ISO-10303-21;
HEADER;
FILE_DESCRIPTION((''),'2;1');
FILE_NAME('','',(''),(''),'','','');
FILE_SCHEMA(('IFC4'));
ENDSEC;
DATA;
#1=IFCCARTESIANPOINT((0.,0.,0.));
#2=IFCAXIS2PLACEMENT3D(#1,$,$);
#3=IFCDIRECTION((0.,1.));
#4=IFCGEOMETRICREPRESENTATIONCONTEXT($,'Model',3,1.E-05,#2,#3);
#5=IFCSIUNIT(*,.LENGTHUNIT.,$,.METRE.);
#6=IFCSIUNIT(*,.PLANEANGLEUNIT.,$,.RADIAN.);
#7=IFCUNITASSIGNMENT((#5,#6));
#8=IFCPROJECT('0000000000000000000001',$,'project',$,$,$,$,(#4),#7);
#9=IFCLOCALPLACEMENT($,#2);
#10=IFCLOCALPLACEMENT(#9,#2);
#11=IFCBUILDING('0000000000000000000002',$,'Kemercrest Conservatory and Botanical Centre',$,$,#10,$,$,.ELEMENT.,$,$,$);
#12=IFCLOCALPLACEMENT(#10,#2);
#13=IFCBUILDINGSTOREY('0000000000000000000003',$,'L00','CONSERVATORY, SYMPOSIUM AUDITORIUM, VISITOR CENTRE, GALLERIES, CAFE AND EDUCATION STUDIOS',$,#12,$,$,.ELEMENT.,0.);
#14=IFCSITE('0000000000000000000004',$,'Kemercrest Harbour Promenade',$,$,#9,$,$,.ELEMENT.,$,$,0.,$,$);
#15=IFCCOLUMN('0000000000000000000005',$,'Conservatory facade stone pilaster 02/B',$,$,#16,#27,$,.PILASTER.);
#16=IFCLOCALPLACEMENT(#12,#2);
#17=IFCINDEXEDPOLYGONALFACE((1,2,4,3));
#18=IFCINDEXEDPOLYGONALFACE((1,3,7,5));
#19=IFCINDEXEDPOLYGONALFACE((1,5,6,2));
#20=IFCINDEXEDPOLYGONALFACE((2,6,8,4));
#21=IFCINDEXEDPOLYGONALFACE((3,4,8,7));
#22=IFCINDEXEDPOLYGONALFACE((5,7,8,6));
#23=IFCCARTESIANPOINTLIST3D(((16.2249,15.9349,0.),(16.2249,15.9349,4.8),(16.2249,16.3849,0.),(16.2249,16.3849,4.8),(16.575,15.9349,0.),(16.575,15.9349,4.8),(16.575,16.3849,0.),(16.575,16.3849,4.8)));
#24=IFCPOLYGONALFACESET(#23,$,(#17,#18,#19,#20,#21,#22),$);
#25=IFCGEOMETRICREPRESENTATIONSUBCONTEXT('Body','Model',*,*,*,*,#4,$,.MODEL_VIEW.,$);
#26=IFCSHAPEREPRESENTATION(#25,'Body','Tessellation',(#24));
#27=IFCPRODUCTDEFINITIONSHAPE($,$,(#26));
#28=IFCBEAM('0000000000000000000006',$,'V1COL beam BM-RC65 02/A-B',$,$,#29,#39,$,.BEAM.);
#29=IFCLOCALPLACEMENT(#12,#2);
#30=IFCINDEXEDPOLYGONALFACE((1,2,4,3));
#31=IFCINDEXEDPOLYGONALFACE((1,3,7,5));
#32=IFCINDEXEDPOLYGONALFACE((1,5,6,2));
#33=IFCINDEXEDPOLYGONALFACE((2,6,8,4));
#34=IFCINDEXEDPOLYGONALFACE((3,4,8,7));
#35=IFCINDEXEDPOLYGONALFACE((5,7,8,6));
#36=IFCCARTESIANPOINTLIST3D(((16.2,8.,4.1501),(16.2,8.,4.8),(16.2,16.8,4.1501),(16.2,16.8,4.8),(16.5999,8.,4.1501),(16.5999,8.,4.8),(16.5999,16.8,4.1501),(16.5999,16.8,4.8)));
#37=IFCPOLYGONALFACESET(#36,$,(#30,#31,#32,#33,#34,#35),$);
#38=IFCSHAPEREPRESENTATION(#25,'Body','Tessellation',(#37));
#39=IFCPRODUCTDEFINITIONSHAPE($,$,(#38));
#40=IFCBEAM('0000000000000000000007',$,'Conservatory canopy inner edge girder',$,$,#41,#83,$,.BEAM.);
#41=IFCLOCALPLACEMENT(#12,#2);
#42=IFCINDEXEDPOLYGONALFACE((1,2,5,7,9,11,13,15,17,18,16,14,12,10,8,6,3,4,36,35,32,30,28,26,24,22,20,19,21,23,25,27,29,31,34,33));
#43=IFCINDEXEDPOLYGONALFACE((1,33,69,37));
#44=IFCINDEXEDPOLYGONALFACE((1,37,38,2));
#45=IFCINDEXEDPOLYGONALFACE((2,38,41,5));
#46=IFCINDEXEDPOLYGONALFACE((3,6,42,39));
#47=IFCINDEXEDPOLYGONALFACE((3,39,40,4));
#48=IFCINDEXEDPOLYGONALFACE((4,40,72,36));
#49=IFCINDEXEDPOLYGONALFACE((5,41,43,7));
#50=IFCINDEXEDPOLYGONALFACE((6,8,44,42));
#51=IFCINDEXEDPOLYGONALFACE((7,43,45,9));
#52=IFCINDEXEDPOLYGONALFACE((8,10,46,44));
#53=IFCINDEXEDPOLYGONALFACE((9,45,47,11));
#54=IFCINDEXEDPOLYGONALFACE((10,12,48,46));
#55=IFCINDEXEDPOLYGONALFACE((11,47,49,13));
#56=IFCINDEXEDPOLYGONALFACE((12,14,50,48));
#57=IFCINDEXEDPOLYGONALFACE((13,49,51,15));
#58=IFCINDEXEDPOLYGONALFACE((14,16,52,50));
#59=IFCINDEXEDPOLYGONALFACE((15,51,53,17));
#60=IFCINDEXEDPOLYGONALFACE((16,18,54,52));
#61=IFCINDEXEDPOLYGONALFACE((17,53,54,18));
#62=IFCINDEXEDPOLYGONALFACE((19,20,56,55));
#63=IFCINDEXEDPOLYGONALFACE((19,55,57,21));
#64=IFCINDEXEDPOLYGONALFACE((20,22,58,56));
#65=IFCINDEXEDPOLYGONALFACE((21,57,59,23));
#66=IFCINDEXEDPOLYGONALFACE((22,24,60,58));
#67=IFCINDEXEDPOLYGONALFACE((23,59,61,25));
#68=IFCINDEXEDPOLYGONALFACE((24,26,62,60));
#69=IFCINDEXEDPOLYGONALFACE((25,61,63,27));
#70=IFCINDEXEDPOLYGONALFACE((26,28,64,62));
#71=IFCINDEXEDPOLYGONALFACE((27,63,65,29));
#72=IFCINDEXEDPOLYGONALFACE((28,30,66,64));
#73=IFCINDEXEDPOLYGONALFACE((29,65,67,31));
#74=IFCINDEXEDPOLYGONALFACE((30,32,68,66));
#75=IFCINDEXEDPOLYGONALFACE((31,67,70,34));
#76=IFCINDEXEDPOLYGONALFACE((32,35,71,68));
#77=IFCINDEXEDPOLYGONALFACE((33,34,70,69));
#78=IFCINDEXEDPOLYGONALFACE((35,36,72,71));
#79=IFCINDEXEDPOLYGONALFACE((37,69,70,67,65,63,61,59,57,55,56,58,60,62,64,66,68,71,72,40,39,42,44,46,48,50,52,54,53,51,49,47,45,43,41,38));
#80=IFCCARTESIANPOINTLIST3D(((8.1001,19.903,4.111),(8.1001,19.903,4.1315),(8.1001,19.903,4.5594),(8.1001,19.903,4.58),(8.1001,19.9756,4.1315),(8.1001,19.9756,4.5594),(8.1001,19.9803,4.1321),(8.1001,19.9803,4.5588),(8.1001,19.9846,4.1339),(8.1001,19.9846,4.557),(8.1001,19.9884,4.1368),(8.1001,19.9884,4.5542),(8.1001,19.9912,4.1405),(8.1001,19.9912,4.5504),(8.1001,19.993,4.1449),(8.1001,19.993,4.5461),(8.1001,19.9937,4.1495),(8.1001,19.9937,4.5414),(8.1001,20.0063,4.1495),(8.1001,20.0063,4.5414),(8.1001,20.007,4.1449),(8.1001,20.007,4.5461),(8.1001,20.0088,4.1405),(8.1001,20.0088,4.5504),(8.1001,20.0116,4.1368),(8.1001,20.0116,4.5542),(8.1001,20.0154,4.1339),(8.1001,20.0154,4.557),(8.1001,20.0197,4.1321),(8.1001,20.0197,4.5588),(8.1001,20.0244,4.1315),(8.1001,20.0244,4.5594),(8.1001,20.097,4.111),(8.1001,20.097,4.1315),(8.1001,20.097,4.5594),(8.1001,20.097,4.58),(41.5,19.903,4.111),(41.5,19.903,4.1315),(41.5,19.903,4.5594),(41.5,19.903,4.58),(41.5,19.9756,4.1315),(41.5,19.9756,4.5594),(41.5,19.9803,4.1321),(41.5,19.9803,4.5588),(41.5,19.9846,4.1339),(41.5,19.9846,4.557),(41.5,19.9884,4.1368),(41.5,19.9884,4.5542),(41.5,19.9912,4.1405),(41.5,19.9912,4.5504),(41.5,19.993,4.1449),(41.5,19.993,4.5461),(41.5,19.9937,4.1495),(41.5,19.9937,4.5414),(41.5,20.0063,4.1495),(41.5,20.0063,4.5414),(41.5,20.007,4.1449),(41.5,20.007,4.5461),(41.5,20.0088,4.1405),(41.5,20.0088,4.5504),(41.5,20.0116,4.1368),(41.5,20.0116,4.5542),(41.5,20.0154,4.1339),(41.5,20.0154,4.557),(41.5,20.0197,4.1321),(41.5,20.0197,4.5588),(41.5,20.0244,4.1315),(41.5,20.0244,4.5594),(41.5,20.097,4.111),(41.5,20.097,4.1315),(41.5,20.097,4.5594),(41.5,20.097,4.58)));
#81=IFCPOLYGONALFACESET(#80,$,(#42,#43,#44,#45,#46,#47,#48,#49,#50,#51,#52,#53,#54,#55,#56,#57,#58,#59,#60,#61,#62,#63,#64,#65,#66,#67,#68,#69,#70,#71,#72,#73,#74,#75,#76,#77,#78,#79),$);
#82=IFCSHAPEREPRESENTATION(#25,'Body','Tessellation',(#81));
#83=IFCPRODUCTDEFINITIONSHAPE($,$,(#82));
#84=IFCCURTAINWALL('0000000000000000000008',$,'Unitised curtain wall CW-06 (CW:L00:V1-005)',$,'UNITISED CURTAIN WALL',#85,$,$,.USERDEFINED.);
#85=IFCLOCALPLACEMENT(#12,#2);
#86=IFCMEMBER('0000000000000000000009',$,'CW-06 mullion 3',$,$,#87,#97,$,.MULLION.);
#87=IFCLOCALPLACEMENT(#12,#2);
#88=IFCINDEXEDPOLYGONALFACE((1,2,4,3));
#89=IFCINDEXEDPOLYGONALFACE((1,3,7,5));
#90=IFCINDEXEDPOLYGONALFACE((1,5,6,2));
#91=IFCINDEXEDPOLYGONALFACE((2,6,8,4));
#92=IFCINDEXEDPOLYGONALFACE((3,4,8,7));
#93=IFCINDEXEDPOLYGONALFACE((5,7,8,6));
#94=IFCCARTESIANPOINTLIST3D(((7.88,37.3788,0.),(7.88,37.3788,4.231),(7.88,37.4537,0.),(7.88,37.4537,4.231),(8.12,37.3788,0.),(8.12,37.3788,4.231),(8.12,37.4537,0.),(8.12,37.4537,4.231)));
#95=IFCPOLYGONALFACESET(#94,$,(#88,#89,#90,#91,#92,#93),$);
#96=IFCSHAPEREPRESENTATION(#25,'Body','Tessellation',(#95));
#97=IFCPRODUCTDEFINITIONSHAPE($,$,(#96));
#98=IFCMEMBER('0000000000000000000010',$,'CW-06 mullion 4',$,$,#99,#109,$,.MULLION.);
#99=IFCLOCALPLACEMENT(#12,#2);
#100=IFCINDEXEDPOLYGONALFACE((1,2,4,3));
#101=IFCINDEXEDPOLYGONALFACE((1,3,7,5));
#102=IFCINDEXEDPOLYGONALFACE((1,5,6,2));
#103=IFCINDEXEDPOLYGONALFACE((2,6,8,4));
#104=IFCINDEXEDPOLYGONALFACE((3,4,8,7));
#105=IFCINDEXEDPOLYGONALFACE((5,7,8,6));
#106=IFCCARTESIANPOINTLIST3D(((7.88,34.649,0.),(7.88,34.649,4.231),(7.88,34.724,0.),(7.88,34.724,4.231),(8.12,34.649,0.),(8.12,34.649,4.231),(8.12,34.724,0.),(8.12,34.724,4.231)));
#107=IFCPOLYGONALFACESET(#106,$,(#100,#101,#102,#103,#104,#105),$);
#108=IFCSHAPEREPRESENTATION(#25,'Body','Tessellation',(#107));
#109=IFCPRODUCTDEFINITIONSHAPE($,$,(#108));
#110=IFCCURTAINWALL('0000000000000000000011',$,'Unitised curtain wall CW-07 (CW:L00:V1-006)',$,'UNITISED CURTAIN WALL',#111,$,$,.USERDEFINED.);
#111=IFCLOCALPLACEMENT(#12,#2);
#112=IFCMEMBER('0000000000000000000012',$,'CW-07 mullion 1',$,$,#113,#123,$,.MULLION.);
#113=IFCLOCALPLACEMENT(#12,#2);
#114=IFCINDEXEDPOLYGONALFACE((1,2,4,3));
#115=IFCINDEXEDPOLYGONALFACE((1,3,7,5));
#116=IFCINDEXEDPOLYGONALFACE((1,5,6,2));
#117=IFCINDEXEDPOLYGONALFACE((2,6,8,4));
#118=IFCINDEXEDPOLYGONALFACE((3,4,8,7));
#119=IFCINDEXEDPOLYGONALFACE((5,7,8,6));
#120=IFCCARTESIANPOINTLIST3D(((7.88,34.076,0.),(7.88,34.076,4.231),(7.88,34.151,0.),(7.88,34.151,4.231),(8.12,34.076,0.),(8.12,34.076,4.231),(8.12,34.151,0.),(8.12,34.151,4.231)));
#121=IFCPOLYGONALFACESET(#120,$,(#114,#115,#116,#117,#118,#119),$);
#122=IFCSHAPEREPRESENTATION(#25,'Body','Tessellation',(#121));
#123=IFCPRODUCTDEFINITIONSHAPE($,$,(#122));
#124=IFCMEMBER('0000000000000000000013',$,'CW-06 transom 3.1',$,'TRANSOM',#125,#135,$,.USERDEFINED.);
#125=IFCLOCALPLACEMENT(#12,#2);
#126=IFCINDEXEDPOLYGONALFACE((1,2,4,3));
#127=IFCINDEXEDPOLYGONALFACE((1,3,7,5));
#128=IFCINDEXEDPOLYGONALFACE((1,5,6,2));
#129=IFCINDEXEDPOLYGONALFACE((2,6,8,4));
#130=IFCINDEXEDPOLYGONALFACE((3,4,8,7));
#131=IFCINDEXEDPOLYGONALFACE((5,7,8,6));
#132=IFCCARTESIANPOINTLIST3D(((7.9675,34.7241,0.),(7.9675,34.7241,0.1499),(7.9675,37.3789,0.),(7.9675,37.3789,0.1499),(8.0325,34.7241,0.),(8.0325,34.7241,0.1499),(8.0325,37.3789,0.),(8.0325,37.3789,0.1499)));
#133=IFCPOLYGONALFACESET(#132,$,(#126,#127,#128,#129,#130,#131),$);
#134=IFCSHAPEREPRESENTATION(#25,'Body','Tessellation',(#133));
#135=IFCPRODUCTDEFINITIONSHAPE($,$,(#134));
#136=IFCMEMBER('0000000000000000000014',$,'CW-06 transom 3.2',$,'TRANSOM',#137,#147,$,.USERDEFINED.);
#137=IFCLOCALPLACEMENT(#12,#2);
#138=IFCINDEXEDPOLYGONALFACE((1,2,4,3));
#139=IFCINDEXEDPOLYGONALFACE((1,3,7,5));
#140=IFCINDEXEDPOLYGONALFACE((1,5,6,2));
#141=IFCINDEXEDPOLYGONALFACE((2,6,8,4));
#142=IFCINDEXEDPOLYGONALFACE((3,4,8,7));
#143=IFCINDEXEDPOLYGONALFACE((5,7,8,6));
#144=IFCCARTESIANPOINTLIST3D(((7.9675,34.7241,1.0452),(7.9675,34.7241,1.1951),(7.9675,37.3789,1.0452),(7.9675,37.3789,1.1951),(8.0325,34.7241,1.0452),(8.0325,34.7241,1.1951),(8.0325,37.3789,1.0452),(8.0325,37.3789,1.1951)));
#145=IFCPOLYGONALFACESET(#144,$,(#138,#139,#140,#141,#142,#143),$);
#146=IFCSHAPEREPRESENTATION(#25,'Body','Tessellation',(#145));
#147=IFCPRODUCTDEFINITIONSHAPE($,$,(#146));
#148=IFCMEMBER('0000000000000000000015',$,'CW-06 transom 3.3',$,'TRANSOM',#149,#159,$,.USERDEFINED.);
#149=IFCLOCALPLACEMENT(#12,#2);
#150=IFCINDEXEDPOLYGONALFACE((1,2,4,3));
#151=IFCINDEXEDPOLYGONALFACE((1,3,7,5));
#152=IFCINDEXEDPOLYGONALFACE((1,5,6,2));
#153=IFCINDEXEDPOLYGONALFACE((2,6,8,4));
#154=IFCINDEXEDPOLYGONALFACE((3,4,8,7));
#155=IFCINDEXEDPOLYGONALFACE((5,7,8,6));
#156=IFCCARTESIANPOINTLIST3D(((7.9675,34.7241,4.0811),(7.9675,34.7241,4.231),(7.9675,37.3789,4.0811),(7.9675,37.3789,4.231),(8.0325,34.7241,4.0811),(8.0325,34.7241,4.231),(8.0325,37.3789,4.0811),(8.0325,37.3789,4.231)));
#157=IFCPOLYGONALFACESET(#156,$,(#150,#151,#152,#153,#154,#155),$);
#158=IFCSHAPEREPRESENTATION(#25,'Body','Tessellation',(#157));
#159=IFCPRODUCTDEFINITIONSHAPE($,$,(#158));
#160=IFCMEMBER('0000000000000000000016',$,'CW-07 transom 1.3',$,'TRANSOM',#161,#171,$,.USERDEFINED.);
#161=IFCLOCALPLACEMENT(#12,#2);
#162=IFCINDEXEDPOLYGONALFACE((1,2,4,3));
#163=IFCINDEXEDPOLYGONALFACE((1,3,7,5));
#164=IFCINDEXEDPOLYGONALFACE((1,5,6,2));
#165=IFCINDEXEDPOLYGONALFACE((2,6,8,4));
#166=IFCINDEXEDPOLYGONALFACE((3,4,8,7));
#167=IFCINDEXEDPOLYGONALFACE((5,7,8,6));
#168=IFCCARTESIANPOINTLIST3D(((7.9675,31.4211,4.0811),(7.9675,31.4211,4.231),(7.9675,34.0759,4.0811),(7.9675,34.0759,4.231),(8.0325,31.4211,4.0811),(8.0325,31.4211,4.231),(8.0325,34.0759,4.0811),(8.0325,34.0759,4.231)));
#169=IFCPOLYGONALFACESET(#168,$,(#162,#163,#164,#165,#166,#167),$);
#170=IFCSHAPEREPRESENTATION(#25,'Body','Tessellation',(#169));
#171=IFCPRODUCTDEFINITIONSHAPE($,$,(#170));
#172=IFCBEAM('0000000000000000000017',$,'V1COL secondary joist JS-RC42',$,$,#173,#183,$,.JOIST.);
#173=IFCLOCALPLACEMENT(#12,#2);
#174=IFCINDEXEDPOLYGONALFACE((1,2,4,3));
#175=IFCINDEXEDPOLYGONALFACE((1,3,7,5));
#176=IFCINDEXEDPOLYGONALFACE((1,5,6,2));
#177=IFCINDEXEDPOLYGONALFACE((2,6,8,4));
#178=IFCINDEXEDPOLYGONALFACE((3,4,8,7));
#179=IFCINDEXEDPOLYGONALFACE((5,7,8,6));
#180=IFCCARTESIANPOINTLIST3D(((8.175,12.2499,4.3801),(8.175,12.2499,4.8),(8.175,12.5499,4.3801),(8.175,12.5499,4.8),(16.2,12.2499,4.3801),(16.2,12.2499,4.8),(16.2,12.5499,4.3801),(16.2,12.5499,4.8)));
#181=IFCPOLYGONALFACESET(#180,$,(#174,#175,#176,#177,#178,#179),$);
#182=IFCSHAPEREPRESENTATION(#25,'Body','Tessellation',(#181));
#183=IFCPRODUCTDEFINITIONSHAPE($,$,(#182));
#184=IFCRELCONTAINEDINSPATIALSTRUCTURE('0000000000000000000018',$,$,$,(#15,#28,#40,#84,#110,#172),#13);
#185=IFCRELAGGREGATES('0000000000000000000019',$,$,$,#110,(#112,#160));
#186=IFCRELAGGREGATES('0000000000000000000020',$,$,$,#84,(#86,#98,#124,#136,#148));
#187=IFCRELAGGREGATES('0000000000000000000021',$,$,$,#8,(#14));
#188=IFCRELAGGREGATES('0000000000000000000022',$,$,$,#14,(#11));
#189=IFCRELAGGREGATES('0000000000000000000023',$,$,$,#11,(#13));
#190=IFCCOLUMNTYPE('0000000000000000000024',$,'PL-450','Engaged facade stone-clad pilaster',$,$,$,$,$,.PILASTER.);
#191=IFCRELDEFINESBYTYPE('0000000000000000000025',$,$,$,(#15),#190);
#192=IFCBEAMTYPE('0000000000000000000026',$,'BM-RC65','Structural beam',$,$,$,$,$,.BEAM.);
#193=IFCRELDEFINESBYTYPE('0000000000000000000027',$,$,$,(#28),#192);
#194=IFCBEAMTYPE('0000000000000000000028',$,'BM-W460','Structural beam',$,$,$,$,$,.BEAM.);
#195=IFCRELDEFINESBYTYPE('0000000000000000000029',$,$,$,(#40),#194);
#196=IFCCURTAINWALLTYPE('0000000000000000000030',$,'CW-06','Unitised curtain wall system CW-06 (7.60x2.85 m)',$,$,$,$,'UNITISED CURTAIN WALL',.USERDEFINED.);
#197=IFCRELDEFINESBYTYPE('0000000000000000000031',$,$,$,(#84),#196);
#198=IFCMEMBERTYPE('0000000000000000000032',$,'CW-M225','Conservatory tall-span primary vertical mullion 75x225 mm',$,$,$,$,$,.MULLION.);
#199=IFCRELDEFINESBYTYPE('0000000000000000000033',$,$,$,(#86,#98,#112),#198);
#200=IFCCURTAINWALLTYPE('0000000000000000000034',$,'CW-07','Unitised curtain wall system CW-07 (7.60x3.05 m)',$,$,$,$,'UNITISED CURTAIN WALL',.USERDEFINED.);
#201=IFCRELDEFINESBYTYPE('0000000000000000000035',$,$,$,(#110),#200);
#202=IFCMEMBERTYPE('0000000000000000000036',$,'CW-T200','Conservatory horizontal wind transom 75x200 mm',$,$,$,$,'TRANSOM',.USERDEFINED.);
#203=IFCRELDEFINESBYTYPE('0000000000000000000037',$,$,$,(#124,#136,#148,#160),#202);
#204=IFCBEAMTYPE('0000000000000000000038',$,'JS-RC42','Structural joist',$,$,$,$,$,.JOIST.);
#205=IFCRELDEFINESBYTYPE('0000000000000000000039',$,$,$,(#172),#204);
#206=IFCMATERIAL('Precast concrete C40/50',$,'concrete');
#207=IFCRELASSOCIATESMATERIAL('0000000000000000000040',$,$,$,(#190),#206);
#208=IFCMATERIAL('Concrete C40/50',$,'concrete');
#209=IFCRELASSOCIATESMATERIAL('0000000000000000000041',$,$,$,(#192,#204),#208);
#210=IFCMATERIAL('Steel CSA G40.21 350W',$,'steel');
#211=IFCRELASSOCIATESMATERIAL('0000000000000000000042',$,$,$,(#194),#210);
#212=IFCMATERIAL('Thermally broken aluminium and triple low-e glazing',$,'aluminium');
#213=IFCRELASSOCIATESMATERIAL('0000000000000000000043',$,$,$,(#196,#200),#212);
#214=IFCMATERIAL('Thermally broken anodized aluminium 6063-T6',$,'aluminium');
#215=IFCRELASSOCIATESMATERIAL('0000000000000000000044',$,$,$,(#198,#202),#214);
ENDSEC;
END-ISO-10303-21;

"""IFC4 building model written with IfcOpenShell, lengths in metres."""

from ifc_helpers import new_model, si_unit, direction, frame, origin, origin_2d, place, context, subcontext, project, spatial, rectangle, i_section, extrude, material, material_profile, profile_set, type_object, element, aggregate, save


model = new_model("IFC4")

# Units and contexts
model_context = context("Model", 3, precision=1e-05, world=origin(), true_north=direction((0.0, 1.0)))
body_context = subcontext(model_context, "Body", "Model", "MODEL_VIEW")
ifc_project = project(units=[si_unit("LENGTHUNIT", "METRE"), si_unit("PLANEANGLEUNIT", "RADIAN")], contexts=[model_context])

# Site, building, storey
site_placement = place(None, origin())
site = spatial("IfcSite", under=ifc_project, at=site_placement, Name="Kemercrest Harbour Promenade", CompositionType="ELEMENT", RefElevation=0.0)
building_placement = place(site_placement, origin())
building = spatial("IfcBuilding", under=site, at=building_placement, Name="Kemercrest Conservatory and Botanical Centre", CompositionType="ELEMENT")
storey_placement = place(building_placement, origin())
storey = spatial("IfcBuildingStorey", under=building, at=storey_placement, Name="L00", Description="CONSERVATORY, SYMPOSIUM AUDITORIUM, VISITOR CENTRE, GALLERIES, CAFE AND EDUCATION STUDIOS", CompositionType="ELEMENT", Elevation=0.0)

# Column
ifc_material_1 = material(Name="Steel CSA G40.21 350W", Category="steel")
ifc_material_2 = material(Name="Precast concrete C40/50", Category="concrete")
ifc_material_profile_1 = material_profile(ifc_material_2, rectangle(XDim=0.3501, YDim=0.45, at=origin_2d()), Name="RC 450x350")
ifc_profile_set_1 = profile_set([ifc_material_profile_1], Name="Precast concrete C40/50")
column_type_1 = type_object("IfcColumnType", Name="PL-450", Description="Engaged facade stone-clad pilaster", PredefinedType="PILASTER", material=ifc_profile_set_1)
column_placement = place(storey_placement, frame((16.3999, 16.1599, 0.0), z_axis=(0.0, 0.0, 1.0), x_axis=(1.0, 0.0, 0.0)))
element("IfcColumn", 1, at=column_placement, inside=storey, type_object=column_type_1, Name="Conservatory facade stone pilaster 02/B", PredefinedType="PILASTER", context=body_context, shape_type="SweptSolid", body=[
    extrude(rectangle(XDim=0.3501, YDim=0.45, at=origin_2d()), origin(), (0.0, 0.0, 1.0), 4.8),
])

# Beams
ifc_material_3 = material(Name="Concrete C40/50", Category="concrete")
ifc_material_profile_2 = material_profile(ifc_material_3, rectangle(XDim=0.3999, YDim=0.6499, at=origin_2d()), Name="RC 400x650")
ifc_profile_set_2 = profile_set([ifc_material_profile_2], Name="Concrete C40/50")
beam_type_1 = type_object("IfcBeamType", Name="BM-RC65", Description="Structural beam", PredefinedType="BEAM", material=ifc_profile_set_2)
beam_1_placement = place(storey_placement, frame((16.3999, 8.0, 4.4751), z_axis=(0.0, 1.0, 0.0), x_axis=(-1.0, 0.0, 0.0)))
element("IfcBeam", 2, at=beam_1_placement, inside=storey, type_object=beam_type_1, Name="V1COL beam BM-RC65 02/A-B", PredefinedType="BEAM", context=body_context, shape_type="SweptSolid", body=[
    extrude(rectangle(XDim=0.3999, YDim=0.6499, at=origin_2d()), origin(), (0.0, 0.0, 1.0), 8.8),
])
ifc_material_profile_3 = material_profile(ifc_material_1, i_section(OverallWidth=0.1941, OverallDepth=0.469, WebThickness=0.0127, FlangeThickness=0.0205, FilletRadius=0.0181, at=origin_2d()), Name="W460X106")
ifc_profile_set_3 = profile_set([ifc_material_profile_3], Name="Steel CSA G40.21 350W")
beam_type_2 = type_object("IfcBeamType", Name="BM-W460", Description="Structural beam", PredefinedType="BEAM", material=ifc_profile_set_3)
beam_2_placement = place(storey_placement, frame((8.1001, 20.0, 4.3455), z_axis=(1.0, 0.0, 0.0), x_axis=(0.0, 1.0, 0.0)))
element("IfcBeam", 3, at=beam_2_placement, inside=storey, type_object=beam_type_2, Name="Conservatory canopy inner edge girder", PredefinedType="BEAM", context=body_context, shape_type="SweptSolid", body=[
    extrude(i_section(OverallWidth=0.1941, OverallDepth=0.469, WebThickness=0.0127, FlangeThickness=0.0205, FilletRadius=0.0181, at=origin_2d()), origin(), (0.0, 0.0, 1.0), 33.3999),
])

# Curtain wall, members
ifc_material_4 = material(Name="Thermally broken aluminium and triple low-e glazing", Category="aluminium")
curtain_wall_type_1 = type_object("IfcCurtainWallType", Name="CW-06", Description="Unitised curtain wall system CW-06 (7.60x2.85 m)", ElementType="UNITISED CURTAIN WALL", PredefinedType="USERDEFINED", material=ifc_material_4)
curtain_wall_1_placement = place(storey_placement, origin())
curtain_wall_1 = element("IfcCurtainWall", 4, at=curtain_wall_1_placement, inside=storey, type_object=curtain_wall_type_1, Name="Unitised curtain wall CW-06 (CW:L00:V1-005)", ObjectType="UNITISED CURTAIN WALL", PredefinedType="USERDEFINED")
ifc_material_5 = material(Name="Thermally broken anodized aluminium 6063-T6", Category="aluminium")
ifc_material_profile_4 = material_profile(ifc_material_5, rectangle(XDim=0.24, YDim=0.075, at=origin_2d()), Name="AL MULLION 75x240")
ifc_profile_set_4 = profile_set([ifc_material_profile_4], Name="Thermally broken anodized aluminium 6063-T6")
member_type_1 = type_object("IfcMemberType", Name="CW-M225", Description="Conservatory tall-span primary vertical mullion 75x225 mm", PredefinedType="MULLION", material=ifc_profile_set_4)
member_1_placement = place(storey_placement, frame((8.0, 37.4163, 0.0), z_axis=(0.0, 0.0, 1.0), x_axis=(1.0, 0.0, 0.0)))
member_1 = element("IfcMember", 5, at=member_1_placement, type_object=member_type_1, Name="CW-06 mullion 3", PredefinedType="MULLION", context=body_context, shape_type="SweptSolid", body=[
    extrude(rectangle(XDim=0.24, YDim=0.075, at=origin_2d()), origin(), (0.0, 0.0, 1.0), 4.231),
])
member_2_placement = place(storey_placement, frame((8.0, 34.6865, 0.0), z_axis=(0.0, 0.0, 1.0), x_axis=(1.0, 0.0, 0.0)))
member_2 = element("IfcMember", 6, at=member_2_placement, type_object=member_type_1, Name="CW-06 mullion 4", PredefinedType="MULLION", context=body_context, shape_type="SweptSolid", body=[
    extrude(rectangle(XDim=0.24, YDim=0.075, at=origin_2d()), origin(), (0.0, 0.0, 1.0), 4.231),
])

# Curtain wall, member
curtain_wall_type_2 = type_object("IfcCurtainWallType", Name="CW-07", Description="Unitised curtain wall system CW-07 (7.60x3.05 m)", ElementType="UNITISED CURTAIN WALL", PredefinedType="USERDEFINED", material=ifc_material_4)
curtain_wall_2_placement = place(storey_placement, origin())
curtain_wall_2 = element("IfcCurtainWall", 7, at=curtain_wall_2_placement, inside=storey, type_object=curtain_wall_type_2, Name="Unitised curtain wall CW-07 (CW:L00:V1-006)", ObjectType="UNITISED CURTAIN WALL", PredefinedType="USERDEFINED")
member_3_placement = place(storey_placement, frame((8.0, 34.1135, 0.0), z_axis=(0.0, 0.0, 1.0), x_axis=(1.0, 0.0, 0.0)))
member_3 = element("IfcMember", 8, at=member_3_placement, type_object=member_type_1, Name="CW-07 mullion 1", PredefinedType="MULLION", context=body_context, shape_type="SweptSolid", body=[
    extrude(rectangle(XDim=0.24, YDim=0.075, at=origin_2d()), origin(), (0.0, 0.0, 1.0), 4.231),
])

# Members
ifc_material_profile_5 = material_profile(ifc_material_5, rectangle(XDim=0.0649, YDim=0.1499, at=origin_2d()), Name="AL TRANSOM 65x150")
ifc_profile_set_5 = profile_set([ifc_material_profile_5], Name="Thermally broken anodized aluminium 6063-T6")
member_type_2 = type_object("IfcMemberType", Name="CW-T200", Description="Conservatory horizontal wind transom 75x200 mm", ElementType="TRANSOM", PredefinedType="USERDEFINED", material=ifc_profile_set_5)
member_4_placement = place(storey_placement, frame((8.0, 37.3789, 0.075), z_axis=(0.0, -1.0, 0.0), x_axis=(1.0, 0.0, 0.0)))
member_4 = element("IfcMember", 9, at=member_4_placement, type_object=member_type_2, Name="CW-06 transom 3.1", ObjectType="TRANSOM", PredefinedType="USERDEFINED", context=body_context, shape_type="SweptSolid", body=[
    extrude(rectangle(XDim=0.0649, YDim=0.1499, at=origin_2d()), origin(), (0.0, 0.0, 1.0), 2.6548),
])
member_5_placement = place(storey_placement, frame((8.0, 37.3789, 1.1201), z_axis=(0.0, -1.0, 0.0), x_axis=(1.0, 0.0, 0.0)))
member_5 = element("IfcMember", 10, at=member_5_placement, type_object=member_type_2, Name="CW-06 transom 3.2", ObjectType="TRANSOM", PredefinedType="USERDEFINED", context=body_context, shape_type="SweptSolid", body=[
    extrude(rectangle(XDim=0.0649, YDim=0.1499, at=origin_2d()), origin(), (0.0, 0.0, 1.0), 2.6548),
])
member_6_placement = place(storey_placement, frame((8.0, 37.3789, 4.156), z_axis=(0.0, -1.0, 0.0), x_axis=(1.0, 0.0, 0.0)))
member_6 = element("IfcMember", 11, at=member_6_placement, type_object=member_type_2, Name="CW-06 transom 3.3", ObjectType="TRANSOM", PredefinedType="USERDEFINED", context=body_context, shape_type="SweptSolid", body=[
    extrude(rectangle(XDim=0.0649, YDim=0.1499, at=origin_2d()), origin(), (0.0, 0.0, 1.0), 2.6548),
])
member_7_placement = place(storey_placement, frame((8.0, 34.0759, 4.156), z_axis=(0.0, -1.0, 0.0), x_axis=(1.0, 0.0, 0.0)))
member_7 = element("IfcMember", 12, at=member_7_placement, type_object=member_type_2, Name="CW-07 transom 1.3", ObjectType="TRANSOM", PredefinedType="USERDEFINED", context=body_context, shape_type="SweptSolid", body=[
    extrude(rectangle(XDim=0.0649, YDim=0.1499, at=origin_2d()), origin(), (0.0, 0.0, 1.0), 2.6548),
])
aggregate(curtain_wall_2, [member_3, member_7])

# Beam
ifc_material_profile_6 = material_profile(ifc_material_3, rectangle(XDim=0.3, YDim=0.4199, at=origin_2d()), Name="RC 300x420")
ifc_profile_set_6 = profile_set([ifc_material_profile_6], Name="Concrete C40/50")
beam_type_3 = type_object("IfcBeamType", Name="JS-RC42", Description="Structural joist", PredefinedType="JOIST", material=ifc_profile_set_6)
beam_3_placement = place(storey_placement, frame((8.175, 12.3999, 4.5901), z_axis=(1.0, 0.0, 0.0), x_axis=(0.0, 1.0, 0.0)))
element("IfcBeam", 13, at=beam_3_placement, inside=storey, type_object=beam_type_3, Name="V1COL secondary joist JS-RC42", PredefinedType="JOIST", context=body_context, shape_type="SweptSolid", body=[
    extrude(rectangle(XDim=0.3, YDim=0.4199, at=origin_2d()), origin(), (0.0, 0.0, 1.0), 8.0249),
])

aggregate(curtain_wall_1, [member_1, member_2, member_4, member_5, member_6])

save(model, "model.ifc")
